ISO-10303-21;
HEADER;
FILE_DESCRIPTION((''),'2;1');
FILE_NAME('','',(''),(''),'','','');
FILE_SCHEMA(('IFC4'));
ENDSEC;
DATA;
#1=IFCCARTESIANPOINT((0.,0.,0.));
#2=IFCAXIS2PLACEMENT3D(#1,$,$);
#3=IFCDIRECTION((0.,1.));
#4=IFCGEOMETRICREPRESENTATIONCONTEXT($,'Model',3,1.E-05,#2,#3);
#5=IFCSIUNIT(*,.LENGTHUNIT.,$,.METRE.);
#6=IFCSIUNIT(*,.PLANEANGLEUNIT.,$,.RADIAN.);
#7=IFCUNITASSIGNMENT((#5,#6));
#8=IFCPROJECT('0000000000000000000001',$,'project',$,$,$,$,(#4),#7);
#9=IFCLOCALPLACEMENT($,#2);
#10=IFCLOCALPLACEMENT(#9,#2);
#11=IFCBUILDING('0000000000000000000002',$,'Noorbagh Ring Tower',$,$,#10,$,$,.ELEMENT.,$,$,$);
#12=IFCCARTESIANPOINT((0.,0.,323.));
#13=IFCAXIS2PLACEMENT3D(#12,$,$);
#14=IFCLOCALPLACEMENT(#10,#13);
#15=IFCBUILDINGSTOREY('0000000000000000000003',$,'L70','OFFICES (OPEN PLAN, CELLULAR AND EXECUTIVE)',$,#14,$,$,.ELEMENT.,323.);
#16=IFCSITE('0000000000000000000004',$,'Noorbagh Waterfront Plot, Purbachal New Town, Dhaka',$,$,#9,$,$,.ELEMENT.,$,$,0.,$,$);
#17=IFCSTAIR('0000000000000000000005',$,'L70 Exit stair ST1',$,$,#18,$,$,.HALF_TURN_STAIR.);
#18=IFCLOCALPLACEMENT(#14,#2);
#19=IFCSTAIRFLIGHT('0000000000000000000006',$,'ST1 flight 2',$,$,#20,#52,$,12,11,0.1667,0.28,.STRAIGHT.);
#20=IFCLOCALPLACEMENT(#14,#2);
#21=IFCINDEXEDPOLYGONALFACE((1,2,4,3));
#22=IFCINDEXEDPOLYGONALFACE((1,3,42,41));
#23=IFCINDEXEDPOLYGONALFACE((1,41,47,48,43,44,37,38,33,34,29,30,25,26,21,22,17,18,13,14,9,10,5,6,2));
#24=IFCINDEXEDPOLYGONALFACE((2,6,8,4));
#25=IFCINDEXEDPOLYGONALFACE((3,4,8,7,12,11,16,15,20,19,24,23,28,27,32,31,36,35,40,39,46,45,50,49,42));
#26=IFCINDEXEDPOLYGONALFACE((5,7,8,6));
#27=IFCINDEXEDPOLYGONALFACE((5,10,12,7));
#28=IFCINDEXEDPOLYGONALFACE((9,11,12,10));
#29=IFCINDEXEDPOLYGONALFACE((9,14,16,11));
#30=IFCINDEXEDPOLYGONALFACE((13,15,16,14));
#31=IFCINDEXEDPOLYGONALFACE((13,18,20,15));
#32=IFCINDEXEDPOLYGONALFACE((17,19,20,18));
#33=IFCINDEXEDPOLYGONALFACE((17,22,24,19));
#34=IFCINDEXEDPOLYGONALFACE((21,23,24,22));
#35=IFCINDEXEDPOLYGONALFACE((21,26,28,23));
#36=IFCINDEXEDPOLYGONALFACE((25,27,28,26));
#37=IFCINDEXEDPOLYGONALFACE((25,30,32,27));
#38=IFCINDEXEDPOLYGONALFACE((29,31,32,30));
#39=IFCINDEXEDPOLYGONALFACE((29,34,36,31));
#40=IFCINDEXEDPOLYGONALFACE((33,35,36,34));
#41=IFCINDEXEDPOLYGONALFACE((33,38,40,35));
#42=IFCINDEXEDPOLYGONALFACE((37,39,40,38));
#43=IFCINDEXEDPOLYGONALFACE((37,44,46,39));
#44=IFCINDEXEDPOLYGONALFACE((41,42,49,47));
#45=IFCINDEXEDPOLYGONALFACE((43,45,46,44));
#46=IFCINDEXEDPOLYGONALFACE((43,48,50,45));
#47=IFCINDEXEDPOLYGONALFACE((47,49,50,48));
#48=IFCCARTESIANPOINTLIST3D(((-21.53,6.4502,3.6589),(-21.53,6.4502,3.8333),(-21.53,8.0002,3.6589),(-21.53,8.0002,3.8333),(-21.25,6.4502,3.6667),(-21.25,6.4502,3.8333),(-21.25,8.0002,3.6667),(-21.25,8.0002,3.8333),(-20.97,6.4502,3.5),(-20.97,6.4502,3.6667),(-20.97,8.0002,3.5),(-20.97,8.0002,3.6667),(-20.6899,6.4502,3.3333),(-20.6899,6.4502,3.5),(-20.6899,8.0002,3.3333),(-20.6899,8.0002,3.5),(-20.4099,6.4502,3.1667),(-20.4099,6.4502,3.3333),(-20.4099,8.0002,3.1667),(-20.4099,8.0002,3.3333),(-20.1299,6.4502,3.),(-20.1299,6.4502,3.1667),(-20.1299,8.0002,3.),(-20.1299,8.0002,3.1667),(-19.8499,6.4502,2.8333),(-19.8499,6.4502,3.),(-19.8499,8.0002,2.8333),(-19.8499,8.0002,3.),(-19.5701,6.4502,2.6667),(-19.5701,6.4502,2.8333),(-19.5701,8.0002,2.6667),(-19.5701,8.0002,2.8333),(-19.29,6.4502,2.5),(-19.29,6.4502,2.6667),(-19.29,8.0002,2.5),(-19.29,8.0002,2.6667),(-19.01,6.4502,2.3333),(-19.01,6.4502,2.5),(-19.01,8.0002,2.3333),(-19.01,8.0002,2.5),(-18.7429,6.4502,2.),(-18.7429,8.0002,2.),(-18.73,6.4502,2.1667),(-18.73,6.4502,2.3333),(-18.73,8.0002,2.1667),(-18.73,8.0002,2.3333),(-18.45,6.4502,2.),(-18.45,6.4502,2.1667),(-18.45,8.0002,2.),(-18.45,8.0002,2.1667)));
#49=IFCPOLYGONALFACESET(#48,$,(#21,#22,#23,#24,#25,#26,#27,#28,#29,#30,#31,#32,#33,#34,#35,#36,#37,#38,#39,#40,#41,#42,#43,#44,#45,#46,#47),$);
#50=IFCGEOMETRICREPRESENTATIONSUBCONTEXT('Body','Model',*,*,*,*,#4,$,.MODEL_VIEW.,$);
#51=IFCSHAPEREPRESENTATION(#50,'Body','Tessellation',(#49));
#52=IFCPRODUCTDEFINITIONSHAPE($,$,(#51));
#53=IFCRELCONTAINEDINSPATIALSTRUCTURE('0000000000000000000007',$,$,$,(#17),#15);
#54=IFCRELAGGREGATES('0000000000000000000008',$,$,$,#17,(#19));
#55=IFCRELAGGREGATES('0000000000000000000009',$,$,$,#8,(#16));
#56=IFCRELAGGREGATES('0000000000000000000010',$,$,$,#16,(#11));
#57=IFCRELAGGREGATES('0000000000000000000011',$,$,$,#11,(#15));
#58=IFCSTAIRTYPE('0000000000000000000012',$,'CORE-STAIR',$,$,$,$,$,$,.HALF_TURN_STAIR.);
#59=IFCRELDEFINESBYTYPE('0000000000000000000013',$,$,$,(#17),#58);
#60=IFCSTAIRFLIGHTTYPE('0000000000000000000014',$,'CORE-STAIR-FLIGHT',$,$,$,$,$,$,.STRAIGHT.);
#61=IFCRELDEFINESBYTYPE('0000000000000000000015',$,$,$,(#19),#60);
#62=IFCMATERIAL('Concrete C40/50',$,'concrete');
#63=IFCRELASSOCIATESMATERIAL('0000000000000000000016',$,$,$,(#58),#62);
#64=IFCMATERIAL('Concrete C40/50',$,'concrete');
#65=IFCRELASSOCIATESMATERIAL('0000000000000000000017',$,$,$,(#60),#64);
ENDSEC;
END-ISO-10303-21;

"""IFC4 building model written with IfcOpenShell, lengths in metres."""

from ifc_helpers import new_model, si_unit, direction, frame, origin, place, context, subcontext, project, spatial, polyline, outline, extrude, material, type_object, element, aggregate, save


model = new_model("IFC4")

# Units and contexts
model_context = context("Model", 3, precision=1e-05, world=origin(), true_north=direction((0.0, 1.0)))
body_context = subcontext(model_context, "Body", "Model", "MODEL_VIEW")
ifc_project = project(units=[si_unit("LENGTHUNIT", "METRE"), si_unit("PLANEANGLEUNIT", "RADIAN")], contexts=[model_context])

# Site, building, storey
site_placement = place(None, origin())
site = spatial("IfcSite", under=ifc_project, at=site_placement, Name="Noorbagh Waterfront Plot, Purbachal New Town, Dhaka", CompositionType="ELEMENT", RefElevation=0.0)
building_placement = place(site_placement, origin())
building = spatial("IfcBuilding", under=site, at=building_placement, Name="Noorbagh Ring Tower", CompositionType="ELEMENT")
storey_placement = place(building_placement, frame((0.0, 0.0, 323.0)))
storey = spatial("IfcBuildingStorey", under=building, at=storey_placement, Name="L70", Description="OFFICES (OPEN PLAN, CELLULAR AND EXECUTIVE)", CompositionType="ELEMENT", Elevation=323.0)

# Stair, stair flight
ifc_material_1 = material(Name="Concrete C40/50", Category="concrete")
stair_type = type_object("IfcStairType", Name="CORE-STAIR", PredefinedType="HALF_TURN_STAIR", material=ifc_material_1)
stair_placement = place(storey_placement, origin())
stair = element("IfcStair", 1, at=stair_placement, inside=storey, type_object=stair_type, Name="L70 Exit stair ST1", PredefinedType="HALF_TURN_STAIR")
ifc_material_2 = material(Name="Concrete C40/50", Category="concrete")
stair_flight_type = type_object("IfcStairFlightType", Name="CORE-STAIR-FLIGHT", PredefinedType="STRAIGHT", material=ifc_material_2)
stair_flight_placement = place(storey_placement, frame((-18.45, 7.2251, 2.0), z_axis=(0.0, 0.0, 1.0), x_axis=(-1.0, 0.0, 0.0)))
stair_flight = element("IfcStairFlight", 2, at=stair_flight_placement, type_object=stair_flight_type, Name="ST1 flight 2", NumberOfRisers=12, NumberOfTreads=11, PredefinedType="STRAIGHT", RiserHeight=0.1667, TreadLength=0.28, context=body_context, shape_type="SweptSolid", body=[
    extrude(outline(polyline([(0.0, 0.0), (0.0, 0.1667), (0.28, 0.1667), (0.28, 0.3333), (0.5601, 0.3333), (0.5601, 0.5), (0.8401, 0.5), (0.8401, 0.6667), (1.1201, 0.6667), (1.1201, 0.8333), (1.3999, 0.8333), (1.3999, 1.0), (1.6799, 1.0), (1.6799, 1.1667), (1.96, 1.1667), (1.96, 1.3333), (2.24, 1.3333), (2.24, 1.5), (2.52, 1.5), (2.52, 1.6667), (2.8, 1.6667), (2.8, 1.8333), (3.0801, 1.8333), (3.0801, 2.0), (3.0801, 1.6589), (0.293, 0.0), (0.0, 0.0)])), frame((0.0, 0.7749, 0.0), z_axis=(0.0, -1.0, 0.0), x_axis=(1.0, 0.0, 0.0)), (0.0, 0.0, 1.0), 1.55),
])
aggregate(stair, [stair_flight])

save(model, "model.ifc")
